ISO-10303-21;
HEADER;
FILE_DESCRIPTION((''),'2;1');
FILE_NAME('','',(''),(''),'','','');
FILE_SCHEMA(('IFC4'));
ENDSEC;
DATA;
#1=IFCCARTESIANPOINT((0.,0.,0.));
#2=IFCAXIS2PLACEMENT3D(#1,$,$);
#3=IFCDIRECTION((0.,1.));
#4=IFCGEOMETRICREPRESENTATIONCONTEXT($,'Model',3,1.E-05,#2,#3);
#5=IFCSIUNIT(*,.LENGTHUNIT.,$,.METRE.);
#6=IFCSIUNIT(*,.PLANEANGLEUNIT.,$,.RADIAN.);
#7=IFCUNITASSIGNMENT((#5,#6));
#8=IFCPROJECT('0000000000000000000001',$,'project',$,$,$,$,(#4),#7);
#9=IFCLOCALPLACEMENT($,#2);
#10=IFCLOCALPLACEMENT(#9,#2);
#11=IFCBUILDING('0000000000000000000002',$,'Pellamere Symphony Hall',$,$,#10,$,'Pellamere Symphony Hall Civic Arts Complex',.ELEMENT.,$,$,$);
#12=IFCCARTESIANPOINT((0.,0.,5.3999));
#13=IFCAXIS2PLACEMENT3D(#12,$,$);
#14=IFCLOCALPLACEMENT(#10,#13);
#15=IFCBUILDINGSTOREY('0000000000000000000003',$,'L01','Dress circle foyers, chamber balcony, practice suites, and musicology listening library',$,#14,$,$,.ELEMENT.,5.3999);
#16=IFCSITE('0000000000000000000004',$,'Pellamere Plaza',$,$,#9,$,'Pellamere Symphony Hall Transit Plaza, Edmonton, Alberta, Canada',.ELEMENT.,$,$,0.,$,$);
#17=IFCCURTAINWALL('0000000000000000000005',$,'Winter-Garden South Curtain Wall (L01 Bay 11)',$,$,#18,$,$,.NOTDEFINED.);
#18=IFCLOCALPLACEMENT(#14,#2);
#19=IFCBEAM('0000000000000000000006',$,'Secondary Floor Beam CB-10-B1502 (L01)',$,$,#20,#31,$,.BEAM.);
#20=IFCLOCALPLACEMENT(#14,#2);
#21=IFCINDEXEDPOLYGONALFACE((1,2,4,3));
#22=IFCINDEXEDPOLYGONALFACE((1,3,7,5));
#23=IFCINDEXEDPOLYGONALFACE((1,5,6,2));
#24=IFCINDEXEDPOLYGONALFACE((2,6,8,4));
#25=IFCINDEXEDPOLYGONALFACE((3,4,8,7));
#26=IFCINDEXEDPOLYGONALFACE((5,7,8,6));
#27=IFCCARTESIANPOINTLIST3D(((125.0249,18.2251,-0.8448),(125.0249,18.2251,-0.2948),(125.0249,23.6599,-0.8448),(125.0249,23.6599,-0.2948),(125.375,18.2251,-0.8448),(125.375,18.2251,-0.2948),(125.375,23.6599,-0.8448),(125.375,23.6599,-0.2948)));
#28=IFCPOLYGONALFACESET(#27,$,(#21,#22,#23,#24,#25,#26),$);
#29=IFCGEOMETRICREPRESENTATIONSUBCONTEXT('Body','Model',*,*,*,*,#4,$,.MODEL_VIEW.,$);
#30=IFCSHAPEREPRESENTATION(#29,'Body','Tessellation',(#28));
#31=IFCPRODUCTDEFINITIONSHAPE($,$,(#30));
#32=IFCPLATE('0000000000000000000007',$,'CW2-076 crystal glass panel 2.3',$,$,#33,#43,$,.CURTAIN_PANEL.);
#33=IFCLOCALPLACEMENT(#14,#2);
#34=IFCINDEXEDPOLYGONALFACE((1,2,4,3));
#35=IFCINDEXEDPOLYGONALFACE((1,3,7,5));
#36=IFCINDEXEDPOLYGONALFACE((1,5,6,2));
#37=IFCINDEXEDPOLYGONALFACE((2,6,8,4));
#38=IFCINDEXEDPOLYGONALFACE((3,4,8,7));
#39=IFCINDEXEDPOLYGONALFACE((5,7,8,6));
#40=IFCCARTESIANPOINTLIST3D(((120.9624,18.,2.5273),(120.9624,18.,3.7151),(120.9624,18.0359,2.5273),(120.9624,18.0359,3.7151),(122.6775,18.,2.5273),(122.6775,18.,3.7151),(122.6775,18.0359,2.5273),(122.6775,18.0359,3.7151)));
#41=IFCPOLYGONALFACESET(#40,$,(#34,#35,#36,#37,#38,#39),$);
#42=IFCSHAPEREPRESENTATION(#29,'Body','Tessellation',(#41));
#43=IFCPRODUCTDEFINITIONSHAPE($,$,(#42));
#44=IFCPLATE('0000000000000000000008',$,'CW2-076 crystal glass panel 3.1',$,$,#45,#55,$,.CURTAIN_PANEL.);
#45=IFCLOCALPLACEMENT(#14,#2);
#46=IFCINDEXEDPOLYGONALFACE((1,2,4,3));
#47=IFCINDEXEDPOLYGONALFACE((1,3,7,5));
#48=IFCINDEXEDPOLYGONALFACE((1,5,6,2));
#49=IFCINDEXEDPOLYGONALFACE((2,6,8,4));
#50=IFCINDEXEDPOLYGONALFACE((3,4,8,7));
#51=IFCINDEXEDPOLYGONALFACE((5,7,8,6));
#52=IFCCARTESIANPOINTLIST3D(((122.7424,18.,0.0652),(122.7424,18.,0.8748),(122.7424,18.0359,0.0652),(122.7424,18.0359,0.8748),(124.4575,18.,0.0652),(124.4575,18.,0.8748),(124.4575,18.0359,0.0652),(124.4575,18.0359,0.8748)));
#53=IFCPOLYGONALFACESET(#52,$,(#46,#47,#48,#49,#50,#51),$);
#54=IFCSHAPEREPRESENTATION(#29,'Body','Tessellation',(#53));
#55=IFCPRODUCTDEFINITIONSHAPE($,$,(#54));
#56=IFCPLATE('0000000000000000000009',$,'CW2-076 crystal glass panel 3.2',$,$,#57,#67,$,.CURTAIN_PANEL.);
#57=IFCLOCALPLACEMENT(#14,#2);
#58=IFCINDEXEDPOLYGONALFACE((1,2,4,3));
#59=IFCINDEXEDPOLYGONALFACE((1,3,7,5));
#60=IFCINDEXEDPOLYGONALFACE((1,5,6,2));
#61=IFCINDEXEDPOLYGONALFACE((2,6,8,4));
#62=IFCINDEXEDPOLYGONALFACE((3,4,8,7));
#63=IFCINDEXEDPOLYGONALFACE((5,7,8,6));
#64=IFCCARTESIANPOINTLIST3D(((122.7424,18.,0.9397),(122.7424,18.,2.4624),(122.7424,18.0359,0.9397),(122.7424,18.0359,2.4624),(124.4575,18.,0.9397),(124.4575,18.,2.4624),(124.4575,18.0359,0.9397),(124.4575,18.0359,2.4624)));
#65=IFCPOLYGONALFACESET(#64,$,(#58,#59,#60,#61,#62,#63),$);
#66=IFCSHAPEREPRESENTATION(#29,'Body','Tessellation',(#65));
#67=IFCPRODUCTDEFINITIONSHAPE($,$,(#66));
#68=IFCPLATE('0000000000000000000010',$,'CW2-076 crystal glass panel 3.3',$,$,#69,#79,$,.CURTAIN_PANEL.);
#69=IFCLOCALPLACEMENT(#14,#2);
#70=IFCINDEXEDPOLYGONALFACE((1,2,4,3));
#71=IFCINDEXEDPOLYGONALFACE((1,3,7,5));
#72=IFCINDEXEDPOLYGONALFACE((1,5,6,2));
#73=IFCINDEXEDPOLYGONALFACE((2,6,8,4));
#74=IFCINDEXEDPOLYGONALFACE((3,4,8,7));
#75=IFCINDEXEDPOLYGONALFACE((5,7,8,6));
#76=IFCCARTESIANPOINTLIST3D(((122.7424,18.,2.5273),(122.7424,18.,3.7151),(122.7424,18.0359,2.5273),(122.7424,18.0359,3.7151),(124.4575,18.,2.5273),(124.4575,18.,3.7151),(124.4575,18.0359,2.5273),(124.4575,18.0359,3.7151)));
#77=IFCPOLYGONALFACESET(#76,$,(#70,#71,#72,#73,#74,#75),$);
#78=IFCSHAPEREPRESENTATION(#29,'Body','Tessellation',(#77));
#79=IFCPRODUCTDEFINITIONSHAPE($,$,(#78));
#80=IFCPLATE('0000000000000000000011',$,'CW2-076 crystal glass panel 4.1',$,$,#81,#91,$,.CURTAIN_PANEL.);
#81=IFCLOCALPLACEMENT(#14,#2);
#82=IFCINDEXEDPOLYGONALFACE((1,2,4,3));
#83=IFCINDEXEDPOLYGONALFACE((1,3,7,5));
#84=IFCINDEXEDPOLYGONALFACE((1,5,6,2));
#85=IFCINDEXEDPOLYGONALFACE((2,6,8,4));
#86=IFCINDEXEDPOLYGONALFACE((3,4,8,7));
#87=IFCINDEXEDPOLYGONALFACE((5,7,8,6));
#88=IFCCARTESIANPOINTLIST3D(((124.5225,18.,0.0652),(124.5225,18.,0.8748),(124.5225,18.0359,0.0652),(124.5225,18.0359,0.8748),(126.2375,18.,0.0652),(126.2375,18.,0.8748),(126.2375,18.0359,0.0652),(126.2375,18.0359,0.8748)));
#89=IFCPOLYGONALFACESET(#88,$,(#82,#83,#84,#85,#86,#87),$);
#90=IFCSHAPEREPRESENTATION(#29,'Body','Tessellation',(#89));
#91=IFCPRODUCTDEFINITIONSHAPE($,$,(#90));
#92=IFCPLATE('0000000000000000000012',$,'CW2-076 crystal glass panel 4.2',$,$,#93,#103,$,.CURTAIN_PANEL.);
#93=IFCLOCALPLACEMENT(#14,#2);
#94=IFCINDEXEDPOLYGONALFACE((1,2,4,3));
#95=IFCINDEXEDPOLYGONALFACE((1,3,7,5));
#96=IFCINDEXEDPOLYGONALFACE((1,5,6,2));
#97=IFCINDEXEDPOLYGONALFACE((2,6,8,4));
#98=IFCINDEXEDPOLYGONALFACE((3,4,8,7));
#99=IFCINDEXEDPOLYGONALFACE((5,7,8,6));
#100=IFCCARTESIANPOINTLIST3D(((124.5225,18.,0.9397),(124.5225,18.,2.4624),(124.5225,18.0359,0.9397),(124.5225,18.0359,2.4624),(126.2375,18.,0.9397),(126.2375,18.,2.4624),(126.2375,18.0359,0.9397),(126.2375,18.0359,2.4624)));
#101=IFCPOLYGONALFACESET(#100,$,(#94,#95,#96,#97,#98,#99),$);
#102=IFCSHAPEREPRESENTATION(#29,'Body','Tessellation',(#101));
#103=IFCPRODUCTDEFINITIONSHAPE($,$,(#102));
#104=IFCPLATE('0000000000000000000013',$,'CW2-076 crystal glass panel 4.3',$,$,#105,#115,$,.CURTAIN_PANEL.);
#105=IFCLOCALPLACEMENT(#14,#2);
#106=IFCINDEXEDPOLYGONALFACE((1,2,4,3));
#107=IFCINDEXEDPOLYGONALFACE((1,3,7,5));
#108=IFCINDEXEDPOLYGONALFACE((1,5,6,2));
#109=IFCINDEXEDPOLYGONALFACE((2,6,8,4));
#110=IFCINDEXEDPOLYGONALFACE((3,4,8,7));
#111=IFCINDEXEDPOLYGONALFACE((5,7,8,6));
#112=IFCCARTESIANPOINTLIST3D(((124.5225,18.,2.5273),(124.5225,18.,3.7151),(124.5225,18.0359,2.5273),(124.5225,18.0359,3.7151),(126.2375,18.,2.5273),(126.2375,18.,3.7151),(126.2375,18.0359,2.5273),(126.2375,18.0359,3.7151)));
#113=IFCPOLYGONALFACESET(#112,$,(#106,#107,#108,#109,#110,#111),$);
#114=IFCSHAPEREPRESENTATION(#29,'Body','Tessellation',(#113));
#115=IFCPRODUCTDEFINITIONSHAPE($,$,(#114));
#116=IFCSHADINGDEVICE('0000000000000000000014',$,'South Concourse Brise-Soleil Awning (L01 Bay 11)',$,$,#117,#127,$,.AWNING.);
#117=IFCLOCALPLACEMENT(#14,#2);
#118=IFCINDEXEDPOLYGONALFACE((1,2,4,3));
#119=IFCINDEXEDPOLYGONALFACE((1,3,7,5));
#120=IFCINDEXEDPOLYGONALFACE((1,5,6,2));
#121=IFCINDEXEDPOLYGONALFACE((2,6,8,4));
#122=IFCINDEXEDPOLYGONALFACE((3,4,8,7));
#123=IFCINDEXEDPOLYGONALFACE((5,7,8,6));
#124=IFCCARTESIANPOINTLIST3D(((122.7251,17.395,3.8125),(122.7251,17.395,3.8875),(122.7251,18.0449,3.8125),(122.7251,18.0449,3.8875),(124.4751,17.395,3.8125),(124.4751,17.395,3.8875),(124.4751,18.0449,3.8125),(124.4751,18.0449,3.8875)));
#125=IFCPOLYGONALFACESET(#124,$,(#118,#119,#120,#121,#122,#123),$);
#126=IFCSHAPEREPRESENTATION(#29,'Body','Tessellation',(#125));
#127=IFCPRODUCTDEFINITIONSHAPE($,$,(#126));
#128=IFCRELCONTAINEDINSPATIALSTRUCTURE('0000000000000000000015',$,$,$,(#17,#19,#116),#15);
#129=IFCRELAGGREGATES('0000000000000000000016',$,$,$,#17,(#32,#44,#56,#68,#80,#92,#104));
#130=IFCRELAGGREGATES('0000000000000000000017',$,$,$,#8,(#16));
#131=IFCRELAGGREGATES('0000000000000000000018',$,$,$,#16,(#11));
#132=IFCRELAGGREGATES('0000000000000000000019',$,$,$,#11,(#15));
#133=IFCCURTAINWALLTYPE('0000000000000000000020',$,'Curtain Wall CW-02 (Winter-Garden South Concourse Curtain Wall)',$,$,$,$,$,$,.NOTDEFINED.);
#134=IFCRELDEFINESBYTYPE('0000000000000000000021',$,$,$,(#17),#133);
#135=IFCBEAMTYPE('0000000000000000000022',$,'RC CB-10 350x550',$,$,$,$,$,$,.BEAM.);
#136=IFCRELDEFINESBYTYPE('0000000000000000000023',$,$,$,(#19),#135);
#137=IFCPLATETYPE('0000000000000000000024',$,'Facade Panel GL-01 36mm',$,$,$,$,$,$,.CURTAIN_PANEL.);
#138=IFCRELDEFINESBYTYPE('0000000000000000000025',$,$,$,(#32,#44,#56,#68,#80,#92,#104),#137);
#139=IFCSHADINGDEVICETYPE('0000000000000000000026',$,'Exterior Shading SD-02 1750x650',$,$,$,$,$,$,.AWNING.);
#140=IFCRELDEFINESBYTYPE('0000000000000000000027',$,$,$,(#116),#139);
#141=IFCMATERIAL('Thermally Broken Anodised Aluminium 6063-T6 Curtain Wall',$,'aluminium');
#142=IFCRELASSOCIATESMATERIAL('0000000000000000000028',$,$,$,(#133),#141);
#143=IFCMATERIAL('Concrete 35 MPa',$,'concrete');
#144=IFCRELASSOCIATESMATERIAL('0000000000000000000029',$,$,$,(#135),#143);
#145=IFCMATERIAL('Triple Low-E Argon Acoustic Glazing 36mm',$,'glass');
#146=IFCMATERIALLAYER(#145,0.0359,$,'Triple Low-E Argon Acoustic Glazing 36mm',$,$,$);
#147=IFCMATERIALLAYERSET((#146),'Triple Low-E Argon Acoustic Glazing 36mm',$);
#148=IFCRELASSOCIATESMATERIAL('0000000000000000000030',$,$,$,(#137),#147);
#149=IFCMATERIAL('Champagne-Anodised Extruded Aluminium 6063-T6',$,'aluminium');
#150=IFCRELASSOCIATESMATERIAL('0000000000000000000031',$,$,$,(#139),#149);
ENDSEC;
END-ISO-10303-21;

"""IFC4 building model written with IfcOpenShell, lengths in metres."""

from ifc_helpers import new_model, si_unit, direction, frame, origin, origin_2d, place, context, subcontext, project, spatial, polyline, rectangle, outline, extrude, material, layer, layer_set, material_profile, profile_set, type_object, element, aggregate, save


model = new_model("IFC4")

# Units and contexts
model_context = context("Model", 3, precision=1e-05, world=origin(), true_north=direction((0.0, 1.0)))
body_context = subcontext(model_context, "Body", "Model", "MODEL_VIEW")
ifc_project = project(units=[si_unit("LENGTHUNIT", "METRE"), si_unit("PLANEANGLEUNIT", "RADIAN")], contexts=[model_context])

# Site, building, storey
site_placement = place(None, origin())
site = spatial("IfcSite", under=ifc_project, at=site_placement, Name="Pellamere Plaza", LongName="Pellamere Symphony Hall Transit Plaza, Edmonton, Alberta, Canada", CompositionType="ELEMENT", RefElevation=0.0)
building_placement = place(site_placement, origin())
building = spatial("IfcBuilding", under=site, at=building_placement, Name="Pellamere Symphony Hall", LongName="Pellamere Symphony Hall Civic Arts Complex", CompositionType="ELEMENT")
storey_placement = place(building_placement, frame((0.0, 0.0, 5.3999)))
storey = spatial("IfcBuildingStorey", under=building, at=storey_placement, Name="L01", Description="Dress circle foyers, chamber balcony, practice suites, and musicology listening library", CompositionType="ELEMENT", Elevation=5.3999)

# Curtain wall
ifc_material_1 = material(Name="Thermally Broken Anodised Aluminium 6063-T6 Curtain Wall", Category="aluminium")
curtain_wall_type = type_object("IfcCurtainWallType", Name="Curtain Wall CW-02 (Winter-Garden South Concourse Curtain Wall)", PredefinedType="NOTDEFINED", material=ifc_material_1)
curtain_wall_placement = place(storey_placement, origin())
curtain_wall = element("IfcCurtainWall", 1, at=curtain_wall_placement, inside=storey, type_object=curtain_wall_type, Name="Winter-Garden South Curtain Wall (L01 Bay 11)", PredefinedType="NOTDEFINED")

# Beam
ifc_material_2 = material(Name="Concrete 35 MPa", Category="concrete")
ifc_material_profile_1 = material_profile(ifc_material_2, rectangle(XDim=0.3501, YDim=0.55, at=origin_2d()), Name="RC 350x550")
ifc_profile_set_1 = profile_set([ifc_material_profile_1], Name="Concrete 35 MPa")
beam_type = type_object("IfcBeamType", Name="RC CB-10 350x550", PredefinedType="BEAM", material=ifc_profile_set_1)
for number, where, z_axis, x_axis, name in (
    (2, (125.2, 18.2251, -0.5698), (0.0, 1.0, 0.0), (-1.0, 0.0, 0.0), "Secondary Floor Beam CB-10-B1502 (L01)"),
):
    element("IfcBeam", number, at=place(storey_placement, frame(where, z_axis=z_axis, x_axis=x_axis)), inside=storey, type_object=beam_type, Name=name, PredefinedType="BEAM", context=body_context, shape_type="SweptSolid", body=[
        extrude(rectangle(XDim=0.3501, YDim=0.55, at=origin_2d()), origin(), (0.0, 0.0, 1.0), 5.4348),
    ])

# Plates
ifc_material_3 = material(Name="Triple Low-E Argon Acoustic Glazing 36mm", Category="glass")
ifc_layer = layer(ifc_material_3, 0.0359, Name="Triple Low-E Argon Acoustic Glazing 36mm")
ifc_layer_set = layer_set([ifc_layer], Name="Triple Low-E Argon Acoustic Glazing 36mm")
plate_type = type_object("IfcPlateType", Name="Facade Panel GL-01 36mm", PredefinedType="CURTAIN_PANEL", material=ifc_layer_set)
plate_1_placement = place(storey_placement, frame((120.9624, 18.0, 2.5273), z_axis=(0.0, -1.0, 0.0), x_axis=(1.0, 0.0, 0.0)))
plate_1 = element("IfcPlate", 3, at=plate_1_placement, type_object=plate_type, Name="CW2-076 crystal glass panel 2.3", PredefinedType="CURTAIN_PANEL", context=body_context, shape_type="SweptSolid", body=[
    extrude(outline(polyline([(0.0, 0.0), (1.7151, 0.0), (1.7151, 1.1877), (0.0, 1.1877), (0.0, 0.0)])), origin(), (0.0, 0.0, -1.0), 0.0359),
])
plate_2_placement = place(storey_placement, frame((122.7424, 18.0, 0.0652), z_axis=(0.0, -1.0, 0.0), x_axis=(1.0, 0.0, 0.0)))
plate_2 = element("IfcPlate", 4, at=plate_2_placement, type_object=plate_type, Name="CW2-076 crystal glass panel 3.1", PredefinedType="CURTAIN_PANEL", context=body_context, shape_type="SweptSolid", body=[
    extrude(outline(polyline([(0.0, 0.0), (1.7151, 0.0), (1.7151, 0.8096), (0.0, 0.8096), (0.0, 0.0)])), origin(), (0.0, 0.0, -1.0), 0.0359),
])
plate_3_placement = place(storey_placement, frame((122.7424, 18.0, 0.9397), z_axis=(0.0, -1.0, 0.0), x_axis=(1.0, 0.0, 0.0)))
plate_3 = element("IfcPlate", 5, at=plate_3_placement, type_object=plate_type, Name="CW2-076 crystal glass panel 3.2", PredefinedType="CURTAIN_PANEL", context=body_context, shape_type="SweptSolid", body=[
    extrude(outline(polyline([(0.0, 0.0), (1.7151, 0.0), (1.7151, 1.5227), (0.0, 1.5227), (0.0, 0.0)])), origin(), (0.0, 0.0, -1.0), 0.0359),
])
plate_4_placement = place(storey_placement, frame((122.7424, 18.0, 2.5273), z_axis=(0.0, -1.0, 0.0), x_axis=(1.0, 0.0, 0.0)))
plate_4 = element("IfcPlate", 6, at=plate_4_placement, type_object=plate_type, Name="CW2-076 crystal glass panel 3.3", PredefinedType="CURTAIN_PANEL", context=body_context, shape_type="SweptSolid", body=[
    extrude(outline(polyline([(0.0, 0.0), (1.7151, 0.0), (1.7151, 1.1877), (0.0, 1.1877), (0.0, 0.0)])), origin(), (0.0, 0.0, -1.0), 0.0359),
])
plate_5_placement = place(storey_placement, frame((124.5225, 18.0, 0.0652), z_axis=(0.0, -1.0, 0.0), x_axis=(1.0, 0.0, 0.0)))
plate_5 = element("IfcPlate", 7, at=plate_5_placement, type_object=plate_type, Name="CW2-076 crystal glass panel 4.1", PredefinedType="CURTAIN_PANEL", context=body_context, shape_type="SweptSolid", body=[
    extrude(outline(polyline([(0.0, 0.0), (1.7151, 0.0), (1.7151, 0.8096), (0.0, 0.8096), (0.0, 0.0)])), origin(), (0.0, 0.0, -1.0), 0.0359),
])
plate_6_placement = place(storey_placement, frame((124.5225, 18.0, 0.9397), z_axis=(0.0, -1.0, 0.0), x_axis=(1.0, 0.0, 0.0)))
plate_6 = element("IfcPlate", 8, at=plate_6_placement, type_object=plate_type, Name="CW2-076 crystal glass panel 4.2", PredefinedType="CURTAIN_PANEL", context=body_context, shape_type="SweptSolid", body=[
    extrude(outline(polyline([(0.0, 0.0), (1.7151, 0.0), (1.7151, 1.5227), (0.0, 1.5227), (0.0, 0.0)])), origin(), (0.0, 0.0, -1.0), 0.0359),
])
plate_7_placement = place(storey_placement, frame((124.5225, 18.0, 2.5273), z_axis=(0.0, -1.0, 0.0), x_axis=(1.0, 0.0, 0.0)))
plate_7 = element("IfcPlate", 9, at=plate_7_placement, type_object=plate_type, Name="CW2-076 crystal glass panel 4.3", PredefinedType="CURTAIN_PANEL", context=body_context, shape_type="SweptSolid", body=[
    extrude(outline(polyline([(0.0, 0.0), (1.7151, 0.0), (1.7151, 1.1877), (0.0, 1.1877), (0.0, 0.0)])), origin(), (0.0, 0.0, -1.0), 0.0359),
])
aggregate(curtain_wall, [plate_1, plate_2, plate_3, plate_4, plate_5, plate_6, plate_7])

# Shading device
ifc_material_4 = material(Name="Champagne-Anodised Extruded Aluminium 6063-T6", Category="aluminium")
shading_device_type = type_object("IfcShadingDeviceType", Name="Exterior Shading SD-02 1750x650", PredefinedType="AWNING", material=ifc_material_4)
shading_device_placement = place(storey_placement, frame((123.6001, 17.72, 3.8125), z_axis=(0.0, 0.0, 1.0), x_axis=(1.0, 0.0, 0.0)))
element("IfcShadingDevice", 10, at=shading_device_placement, inside=storey, type_object=shading_device_type, Name="South Concourse Brise-Soleil Awning (L01 Bay 11)", PredefinedType="AWNING", context=body_context, shape_type="SweptSolid", body=[
    extrude(rectangle(XDim=1.75, YDim=0.6499, at=origin_2d()), origin(), (0.0, 0.0, 1.0), 0.075),
])

save(model, "model.ifc")
